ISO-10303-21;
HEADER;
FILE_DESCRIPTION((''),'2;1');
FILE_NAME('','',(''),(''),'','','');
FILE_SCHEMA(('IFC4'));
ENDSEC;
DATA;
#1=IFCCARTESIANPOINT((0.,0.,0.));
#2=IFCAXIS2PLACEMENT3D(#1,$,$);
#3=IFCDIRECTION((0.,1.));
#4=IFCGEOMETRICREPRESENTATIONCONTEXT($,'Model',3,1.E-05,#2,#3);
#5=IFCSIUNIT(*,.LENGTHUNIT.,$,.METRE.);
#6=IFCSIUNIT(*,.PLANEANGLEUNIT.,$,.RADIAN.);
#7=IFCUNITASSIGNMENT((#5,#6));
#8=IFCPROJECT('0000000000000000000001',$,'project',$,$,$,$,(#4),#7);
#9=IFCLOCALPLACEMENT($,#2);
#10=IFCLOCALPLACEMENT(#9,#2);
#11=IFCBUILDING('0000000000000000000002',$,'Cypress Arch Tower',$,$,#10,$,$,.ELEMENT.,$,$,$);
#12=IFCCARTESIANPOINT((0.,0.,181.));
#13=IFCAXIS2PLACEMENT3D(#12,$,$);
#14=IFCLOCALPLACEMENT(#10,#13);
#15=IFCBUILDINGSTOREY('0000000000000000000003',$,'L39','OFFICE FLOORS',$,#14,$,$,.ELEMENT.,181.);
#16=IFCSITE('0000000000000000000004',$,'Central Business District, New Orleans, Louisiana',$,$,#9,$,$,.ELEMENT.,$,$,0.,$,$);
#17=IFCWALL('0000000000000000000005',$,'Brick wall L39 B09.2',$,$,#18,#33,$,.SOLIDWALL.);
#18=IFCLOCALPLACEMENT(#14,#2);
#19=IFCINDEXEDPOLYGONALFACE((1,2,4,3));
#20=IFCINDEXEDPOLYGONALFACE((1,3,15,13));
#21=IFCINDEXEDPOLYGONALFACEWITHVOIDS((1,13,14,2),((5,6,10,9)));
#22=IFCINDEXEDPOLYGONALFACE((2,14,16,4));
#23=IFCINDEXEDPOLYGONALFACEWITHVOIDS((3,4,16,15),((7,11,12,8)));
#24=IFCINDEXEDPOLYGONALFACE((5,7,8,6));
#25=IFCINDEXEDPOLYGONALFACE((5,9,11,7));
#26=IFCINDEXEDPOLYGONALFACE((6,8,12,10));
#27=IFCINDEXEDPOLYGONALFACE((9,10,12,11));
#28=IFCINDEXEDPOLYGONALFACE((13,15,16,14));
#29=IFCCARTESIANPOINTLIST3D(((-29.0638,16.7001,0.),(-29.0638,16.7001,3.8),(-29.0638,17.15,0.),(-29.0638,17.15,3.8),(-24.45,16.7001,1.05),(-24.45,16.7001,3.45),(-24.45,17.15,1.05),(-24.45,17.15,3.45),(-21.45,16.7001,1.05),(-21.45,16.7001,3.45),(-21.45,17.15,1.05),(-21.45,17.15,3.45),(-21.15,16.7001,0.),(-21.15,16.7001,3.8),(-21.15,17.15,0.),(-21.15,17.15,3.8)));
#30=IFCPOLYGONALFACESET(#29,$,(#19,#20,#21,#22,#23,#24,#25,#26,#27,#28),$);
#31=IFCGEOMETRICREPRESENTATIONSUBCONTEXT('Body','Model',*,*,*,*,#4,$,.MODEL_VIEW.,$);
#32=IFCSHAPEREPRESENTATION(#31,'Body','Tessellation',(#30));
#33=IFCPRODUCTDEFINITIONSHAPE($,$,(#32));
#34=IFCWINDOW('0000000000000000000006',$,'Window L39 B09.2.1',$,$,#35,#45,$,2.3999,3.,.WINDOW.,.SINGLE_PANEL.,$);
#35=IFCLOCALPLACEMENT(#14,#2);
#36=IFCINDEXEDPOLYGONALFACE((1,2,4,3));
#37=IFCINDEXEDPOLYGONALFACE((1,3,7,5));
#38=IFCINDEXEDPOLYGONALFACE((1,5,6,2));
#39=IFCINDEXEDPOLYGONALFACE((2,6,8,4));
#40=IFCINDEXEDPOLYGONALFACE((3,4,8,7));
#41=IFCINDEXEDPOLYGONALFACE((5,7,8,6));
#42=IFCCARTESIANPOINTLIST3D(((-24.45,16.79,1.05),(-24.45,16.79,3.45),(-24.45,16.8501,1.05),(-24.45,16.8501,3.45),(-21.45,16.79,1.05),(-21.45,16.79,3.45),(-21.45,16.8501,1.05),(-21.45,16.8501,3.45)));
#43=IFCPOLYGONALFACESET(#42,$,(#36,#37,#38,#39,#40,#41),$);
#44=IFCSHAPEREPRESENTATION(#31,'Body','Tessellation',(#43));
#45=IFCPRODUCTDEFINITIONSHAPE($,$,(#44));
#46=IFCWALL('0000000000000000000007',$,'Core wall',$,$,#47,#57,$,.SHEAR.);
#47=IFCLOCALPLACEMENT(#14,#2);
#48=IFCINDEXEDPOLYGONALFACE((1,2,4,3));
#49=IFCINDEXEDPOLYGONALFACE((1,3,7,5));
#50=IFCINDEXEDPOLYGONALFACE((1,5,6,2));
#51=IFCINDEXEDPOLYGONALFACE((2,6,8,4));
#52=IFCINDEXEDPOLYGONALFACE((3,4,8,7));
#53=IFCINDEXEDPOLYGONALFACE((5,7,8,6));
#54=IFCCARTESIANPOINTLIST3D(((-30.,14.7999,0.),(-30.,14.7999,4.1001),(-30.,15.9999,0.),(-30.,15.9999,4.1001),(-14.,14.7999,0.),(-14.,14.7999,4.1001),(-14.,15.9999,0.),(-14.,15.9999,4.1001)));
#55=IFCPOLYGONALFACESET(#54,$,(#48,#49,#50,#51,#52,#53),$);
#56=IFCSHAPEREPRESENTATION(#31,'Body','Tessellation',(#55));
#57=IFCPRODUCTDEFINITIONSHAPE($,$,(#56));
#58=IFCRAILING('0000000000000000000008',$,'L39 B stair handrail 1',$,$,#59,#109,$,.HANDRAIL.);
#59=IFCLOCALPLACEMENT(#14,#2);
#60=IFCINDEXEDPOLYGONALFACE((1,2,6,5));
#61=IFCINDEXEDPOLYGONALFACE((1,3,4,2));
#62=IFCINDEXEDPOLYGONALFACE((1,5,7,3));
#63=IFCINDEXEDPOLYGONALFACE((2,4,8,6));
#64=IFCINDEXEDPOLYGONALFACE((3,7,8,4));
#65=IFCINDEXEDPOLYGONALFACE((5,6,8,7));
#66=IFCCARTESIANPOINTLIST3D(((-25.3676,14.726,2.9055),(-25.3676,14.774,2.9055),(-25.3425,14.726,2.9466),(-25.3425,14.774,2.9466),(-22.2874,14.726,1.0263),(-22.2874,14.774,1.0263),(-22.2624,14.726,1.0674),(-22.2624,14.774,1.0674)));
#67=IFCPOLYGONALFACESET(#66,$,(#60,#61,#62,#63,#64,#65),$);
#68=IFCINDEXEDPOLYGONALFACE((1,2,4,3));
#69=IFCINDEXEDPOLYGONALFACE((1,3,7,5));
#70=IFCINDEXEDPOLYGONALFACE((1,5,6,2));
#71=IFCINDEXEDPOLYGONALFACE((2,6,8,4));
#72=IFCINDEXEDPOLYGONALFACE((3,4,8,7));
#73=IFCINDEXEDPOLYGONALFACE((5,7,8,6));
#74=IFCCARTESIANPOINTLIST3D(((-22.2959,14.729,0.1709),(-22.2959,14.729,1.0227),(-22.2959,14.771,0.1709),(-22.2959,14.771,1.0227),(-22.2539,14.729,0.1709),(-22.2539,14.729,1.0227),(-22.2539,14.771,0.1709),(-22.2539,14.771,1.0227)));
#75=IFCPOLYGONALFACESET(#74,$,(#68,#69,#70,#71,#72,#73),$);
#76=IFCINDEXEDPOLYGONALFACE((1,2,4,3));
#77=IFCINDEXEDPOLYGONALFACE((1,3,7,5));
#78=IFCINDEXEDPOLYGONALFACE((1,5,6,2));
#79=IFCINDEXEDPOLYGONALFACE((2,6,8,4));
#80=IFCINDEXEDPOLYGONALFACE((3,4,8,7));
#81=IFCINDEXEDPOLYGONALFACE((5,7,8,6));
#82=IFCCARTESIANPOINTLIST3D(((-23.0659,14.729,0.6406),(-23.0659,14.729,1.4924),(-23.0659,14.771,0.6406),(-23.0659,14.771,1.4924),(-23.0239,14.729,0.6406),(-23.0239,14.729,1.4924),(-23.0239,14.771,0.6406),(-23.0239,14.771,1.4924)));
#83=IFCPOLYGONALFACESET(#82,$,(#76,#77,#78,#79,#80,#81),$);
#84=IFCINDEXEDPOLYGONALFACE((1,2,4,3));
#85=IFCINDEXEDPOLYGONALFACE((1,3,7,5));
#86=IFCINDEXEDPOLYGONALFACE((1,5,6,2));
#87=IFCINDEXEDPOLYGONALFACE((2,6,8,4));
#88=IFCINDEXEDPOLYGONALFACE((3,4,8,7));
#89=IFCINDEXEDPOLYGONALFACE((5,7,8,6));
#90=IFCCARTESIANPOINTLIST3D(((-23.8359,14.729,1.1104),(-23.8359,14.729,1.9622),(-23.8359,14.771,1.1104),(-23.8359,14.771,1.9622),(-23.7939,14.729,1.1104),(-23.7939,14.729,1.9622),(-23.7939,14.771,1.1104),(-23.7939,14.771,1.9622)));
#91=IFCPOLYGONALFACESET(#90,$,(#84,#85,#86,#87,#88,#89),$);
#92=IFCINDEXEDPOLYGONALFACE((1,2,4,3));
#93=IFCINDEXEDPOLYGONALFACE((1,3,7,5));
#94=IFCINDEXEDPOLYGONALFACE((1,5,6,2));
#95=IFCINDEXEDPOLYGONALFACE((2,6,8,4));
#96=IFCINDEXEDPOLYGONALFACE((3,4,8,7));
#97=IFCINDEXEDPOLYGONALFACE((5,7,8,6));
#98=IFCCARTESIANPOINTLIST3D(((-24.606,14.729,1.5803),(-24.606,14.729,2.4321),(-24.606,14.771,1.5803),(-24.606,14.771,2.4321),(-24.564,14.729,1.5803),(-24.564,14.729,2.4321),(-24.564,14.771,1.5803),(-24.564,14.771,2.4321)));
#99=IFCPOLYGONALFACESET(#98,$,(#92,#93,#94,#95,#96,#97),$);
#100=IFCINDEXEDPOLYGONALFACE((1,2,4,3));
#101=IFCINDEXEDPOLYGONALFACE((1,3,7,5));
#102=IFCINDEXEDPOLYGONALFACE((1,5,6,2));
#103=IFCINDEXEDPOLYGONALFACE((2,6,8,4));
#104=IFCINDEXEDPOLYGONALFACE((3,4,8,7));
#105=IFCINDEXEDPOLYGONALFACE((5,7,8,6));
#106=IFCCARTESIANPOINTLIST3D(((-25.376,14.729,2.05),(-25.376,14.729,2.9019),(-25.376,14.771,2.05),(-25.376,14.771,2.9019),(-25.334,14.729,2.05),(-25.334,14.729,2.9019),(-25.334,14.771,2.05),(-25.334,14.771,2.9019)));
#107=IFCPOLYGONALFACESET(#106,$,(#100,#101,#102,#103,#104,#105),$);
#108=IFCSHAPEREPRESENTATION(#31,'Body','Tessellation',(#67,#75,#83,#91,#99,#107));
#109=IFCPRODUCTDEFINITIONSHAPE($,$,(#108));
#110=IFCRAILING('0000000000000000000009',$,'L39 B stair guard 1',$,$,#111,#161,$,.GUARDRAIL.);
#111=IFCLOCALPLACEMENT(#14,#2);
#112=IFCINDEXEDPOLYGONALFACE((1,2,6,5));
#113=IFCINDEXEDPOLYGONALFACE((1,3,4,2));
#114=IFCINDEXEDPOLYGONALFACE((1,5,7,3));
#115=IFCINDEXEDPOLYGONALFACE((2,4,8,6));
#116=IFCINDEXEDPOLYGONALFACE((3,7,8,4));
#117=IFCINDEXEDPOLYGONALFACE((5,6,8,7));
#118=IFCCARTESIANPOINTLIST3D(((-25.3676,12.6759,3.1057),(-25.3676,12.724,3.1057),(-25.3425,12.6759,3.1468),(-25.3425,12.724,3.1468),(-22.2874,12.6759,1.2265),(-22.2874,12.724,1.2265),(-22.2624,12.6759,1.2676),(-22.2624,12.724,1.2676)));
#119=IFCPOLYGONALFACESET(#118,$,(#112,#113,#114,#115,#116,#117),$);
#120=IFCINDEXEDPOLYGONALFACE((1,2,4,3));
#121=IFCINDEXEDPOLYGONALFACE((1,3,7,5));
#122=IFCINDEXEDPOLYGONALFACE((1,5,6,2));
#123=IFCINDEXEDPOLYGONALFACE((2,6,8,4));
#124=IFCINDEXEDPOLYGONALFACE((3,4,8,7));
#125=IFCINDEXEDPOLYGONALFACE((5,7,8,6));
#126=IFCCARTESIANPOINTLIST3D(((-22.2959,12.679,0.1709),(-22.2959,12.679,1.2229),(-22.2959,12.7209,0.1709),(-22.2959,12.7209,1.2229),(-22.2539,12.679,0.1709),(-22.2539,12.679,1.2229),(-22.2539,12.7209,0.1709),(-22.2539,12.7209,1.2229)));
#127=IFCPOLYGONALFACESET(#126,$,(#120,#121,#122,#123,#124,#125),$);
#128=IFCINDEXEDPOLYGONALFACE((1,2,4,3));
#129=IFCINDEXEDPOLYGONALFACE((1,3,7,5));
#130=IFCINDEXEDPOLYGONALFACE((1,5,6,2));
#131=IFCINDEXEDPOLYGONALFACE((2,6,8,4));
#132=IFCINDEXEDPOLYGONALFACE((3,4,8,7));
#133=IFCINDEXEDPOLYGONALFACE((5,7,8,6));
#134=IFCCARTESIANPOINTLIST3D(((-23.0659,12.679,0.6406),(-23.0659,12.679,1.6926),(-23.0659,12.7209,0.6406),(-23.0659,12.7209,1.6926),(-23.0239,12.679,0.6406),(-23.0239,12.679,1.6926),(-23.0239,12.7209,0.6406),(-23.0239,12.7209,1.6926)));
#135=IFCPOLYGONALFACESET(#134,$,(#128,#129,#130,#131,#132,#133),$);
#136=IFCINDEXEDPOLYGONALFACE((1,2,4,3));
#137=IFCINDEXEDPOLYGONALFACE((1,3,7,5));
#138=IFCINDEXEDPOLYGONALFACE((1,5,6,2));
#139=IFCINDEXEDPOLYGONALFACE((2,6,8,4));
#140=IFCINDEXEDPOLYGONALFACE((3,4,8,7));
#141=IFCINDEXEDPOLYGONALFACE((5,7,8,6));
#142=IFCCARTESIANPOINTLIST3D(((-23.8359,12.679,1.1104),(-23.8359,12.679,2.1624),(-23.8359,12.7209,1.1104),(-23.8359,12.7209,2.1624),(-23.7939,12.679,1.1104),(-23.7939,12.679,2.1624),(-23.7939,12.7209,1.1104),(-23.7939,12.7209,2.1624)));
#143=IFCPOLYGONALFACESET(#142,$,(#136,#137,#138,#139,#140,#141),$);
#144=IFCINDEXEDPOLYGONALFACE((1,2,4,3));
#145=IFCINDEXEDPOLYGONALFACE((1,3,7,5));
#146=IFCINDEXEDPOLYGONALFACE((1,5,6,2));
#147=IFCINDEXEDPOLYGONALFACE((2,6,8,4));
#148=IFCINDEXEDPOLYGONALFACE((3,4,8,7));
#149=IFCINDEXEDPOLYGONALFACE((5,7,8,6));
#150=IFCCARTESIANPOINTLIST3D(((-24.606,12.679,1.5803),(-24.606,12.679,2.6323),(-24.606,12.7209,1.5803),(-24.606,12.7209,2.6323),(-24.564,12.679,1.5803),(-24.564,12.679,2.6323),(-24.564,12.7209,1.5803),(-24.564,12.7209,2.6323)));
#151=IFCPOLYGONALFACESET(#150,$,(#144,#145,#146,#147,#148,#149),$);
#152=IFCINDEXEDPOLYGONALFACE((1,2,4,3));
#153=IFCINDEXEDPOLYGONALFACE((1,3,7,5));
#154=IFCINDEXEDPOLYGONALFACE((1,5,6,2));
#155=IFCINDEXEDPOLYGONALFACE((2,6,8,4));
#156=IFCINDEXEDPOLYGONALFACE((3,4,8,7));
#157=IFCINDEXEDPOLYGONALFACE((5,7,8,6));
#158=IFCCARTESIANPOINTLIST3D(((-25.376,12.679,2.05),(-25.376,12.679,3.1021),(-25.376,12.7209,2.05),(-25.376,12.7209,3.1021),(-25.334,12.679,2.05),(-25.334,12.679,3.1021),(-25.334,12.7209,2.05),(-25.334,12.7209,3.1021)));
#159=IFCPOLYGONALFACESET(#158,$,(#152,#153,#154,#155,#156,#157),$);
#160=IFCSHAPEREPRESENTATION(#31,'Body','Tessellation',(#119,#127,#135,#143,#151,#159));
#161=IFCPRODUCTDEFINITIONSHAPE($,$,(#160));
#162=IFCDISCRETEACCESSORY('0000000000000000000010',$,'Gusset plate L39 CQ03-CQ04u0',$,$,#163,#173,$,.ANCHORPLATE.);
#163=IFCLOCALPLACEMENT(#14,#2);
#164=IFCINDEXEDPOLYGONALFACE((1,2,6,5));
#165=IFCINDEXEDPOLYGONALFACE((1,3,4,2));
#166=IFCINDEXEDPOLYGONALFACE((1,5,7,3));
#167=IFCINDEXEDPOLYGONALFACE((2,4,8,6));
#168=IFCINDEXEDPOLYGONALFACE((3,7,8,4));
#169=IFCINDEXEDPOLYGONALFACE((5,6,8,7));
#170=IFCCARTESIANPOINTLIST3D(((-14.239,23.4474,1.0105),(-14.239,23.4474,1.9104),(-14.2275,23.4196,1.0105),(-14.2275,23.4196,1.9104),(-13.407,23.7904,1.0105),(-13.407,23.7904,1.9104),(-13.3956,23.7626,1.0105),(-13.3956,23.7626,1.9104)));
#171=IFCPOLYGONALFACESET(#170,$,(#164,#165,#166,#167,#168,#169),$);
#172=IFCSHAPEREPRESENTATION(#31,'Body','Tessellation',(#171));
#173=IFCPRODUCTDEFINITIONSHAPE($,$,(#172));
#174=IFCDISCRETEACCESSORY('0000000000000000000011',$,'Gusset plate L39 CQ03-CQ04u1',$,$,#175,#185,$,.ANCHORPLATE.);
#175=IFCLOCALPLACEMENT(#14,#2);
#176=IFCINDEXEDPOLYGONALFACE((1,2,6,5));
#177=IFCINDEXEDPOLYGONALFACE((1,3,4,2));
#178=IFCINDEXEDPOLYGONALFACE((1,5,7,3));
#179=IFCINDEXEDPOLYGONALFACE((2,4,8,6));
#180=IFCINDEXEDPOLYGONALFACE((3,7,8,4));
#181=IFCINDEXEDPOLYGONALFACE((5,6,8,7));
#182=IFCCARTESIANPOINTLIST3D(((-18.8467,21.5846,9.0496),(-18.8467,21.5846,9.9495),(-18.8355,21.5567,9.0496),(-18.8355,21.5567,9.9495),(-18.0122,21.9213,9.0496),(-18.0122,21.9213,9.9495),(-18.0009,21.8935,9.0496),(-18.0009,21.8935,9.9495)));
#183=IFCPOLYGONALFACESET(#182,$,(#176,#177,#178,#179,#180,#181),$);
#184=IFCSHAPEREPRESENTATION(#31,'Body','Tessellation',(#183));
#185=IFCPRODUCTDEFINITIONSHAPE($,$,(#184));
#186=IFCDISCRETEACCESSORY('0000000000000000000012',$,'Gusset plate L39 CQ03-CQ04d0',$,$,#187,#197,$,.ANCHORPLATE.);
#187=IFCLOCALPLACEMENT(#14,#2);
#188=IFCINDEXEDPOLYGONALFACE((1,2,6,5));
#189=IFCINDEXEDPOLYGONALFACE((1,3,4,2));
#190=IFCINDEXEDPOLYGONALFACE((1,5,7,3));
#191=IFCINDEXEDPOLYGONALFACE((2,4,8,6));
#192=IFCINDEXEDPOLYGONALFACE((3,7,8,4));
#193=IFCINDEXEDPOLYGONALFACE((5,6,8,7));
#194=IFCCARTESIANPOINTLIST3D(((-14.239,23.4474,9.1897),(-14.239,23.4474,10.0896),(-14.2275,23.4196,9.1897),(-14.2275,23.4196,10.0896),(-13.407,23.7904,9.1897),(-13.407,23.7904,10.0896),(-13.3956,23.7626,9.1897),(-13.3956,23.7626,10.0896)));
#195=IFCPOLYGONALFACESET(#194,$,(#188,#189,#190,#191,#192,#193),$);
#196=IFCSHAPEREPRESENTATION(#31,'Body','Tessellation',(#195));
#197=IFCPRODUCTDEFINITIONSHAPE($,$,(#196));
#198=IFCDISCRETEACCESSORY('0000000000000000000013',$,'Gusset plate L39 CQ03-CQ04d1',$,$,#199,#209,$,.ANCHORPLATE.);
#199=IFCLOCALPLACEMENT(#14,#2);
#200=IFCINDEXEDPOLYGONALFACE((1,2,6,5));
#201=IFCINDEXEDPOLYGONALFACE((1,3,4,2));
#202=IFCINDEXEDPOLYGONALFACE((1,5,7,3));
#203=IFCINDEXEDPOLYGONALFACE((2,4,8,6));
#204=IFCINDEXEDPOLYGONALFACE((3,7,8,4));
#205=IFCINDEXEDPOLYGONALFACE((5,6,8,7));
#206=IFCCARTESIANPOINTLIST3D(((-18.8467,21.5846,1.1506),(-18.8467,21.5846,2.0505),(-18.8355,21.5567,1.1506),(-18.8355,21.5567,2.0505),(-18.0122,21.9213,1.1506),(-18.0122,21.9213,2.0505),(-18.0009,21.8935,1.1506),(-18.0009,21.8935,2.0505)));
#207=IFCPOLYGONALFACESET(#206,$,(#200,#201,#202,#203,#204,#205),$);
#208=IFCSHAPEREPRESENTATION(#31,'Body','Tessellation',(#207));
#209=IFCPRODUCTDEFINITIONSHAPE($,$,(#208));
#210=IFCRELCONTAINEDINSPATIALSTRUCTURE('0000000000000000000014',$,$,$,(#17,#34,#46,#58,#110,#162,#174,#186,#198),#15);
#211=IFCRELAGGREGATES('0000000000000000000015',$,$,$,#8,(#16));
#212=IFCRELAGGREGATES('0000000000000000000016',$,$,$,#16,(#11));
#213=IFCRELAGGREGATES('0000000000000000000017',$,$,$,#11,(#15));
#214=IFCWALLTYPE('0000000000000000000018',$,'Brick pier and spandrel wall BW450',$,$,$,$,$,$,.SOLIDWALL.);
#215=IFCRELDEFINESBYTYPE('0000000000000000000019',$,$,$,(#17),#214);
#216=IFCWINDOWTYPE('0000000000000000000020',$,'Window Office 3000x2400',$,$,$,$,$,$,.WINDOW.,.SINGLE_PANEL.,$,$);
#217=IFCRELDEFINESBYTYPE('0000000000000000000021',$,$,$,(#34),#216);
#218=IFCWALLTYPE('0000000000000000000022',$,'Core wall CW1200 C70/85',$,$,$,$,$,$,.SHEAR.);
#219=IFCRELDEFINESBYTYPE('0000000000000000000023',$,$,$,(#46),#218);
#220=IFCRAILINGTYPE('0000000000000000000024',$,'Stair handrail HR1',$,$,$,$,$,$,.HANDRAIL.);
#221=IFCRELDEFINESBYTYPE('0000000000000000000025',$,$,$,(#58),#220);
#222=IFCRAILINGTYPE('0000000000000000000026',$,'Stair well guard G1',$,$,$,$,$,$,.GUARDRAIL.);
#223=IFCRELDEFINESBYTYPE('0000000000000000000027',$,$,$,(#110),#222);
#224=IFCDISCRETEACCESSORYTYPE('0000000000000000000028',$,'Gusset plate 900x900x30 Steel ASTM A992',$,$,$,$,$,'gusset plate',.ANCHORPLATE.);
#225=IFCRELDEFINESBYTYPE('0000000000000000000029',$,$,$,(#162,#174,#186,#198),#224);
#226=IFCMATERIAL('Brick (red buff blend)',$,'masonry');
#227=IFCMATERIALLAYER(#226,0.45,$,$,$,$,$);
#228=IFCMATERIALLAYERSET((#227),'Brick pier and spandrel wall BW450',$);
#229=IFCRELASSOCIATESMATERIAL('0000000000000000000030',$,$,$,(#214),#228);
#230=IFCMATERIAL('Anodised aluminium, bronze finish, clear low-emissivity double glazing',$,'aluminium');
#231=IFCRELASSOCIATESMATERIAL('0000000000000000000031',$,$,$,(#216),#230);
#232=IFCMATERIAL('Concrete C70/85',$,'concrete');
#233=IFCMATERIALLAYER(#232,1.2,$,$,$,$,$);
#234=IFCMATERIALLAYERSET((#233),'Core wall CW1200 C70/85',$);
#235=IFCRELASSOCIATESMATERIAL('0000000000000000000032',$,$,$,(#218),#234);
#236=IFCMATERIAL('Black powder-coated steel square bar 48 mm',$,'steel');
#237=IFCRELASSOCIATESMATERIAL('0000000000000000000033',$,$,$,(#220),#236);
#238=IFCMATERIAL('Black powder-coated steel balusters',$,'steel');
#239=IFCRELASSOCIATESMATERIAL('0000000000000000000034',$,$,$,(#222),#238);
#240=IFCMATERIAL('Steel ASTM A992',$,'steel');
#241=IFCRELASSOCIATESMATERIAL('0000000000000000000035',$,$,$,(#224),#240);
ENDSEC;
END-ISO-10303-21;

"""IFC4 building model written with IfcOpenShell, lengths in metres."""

from ifc_helpers import new_model, si_unit, direction, frame, frame_2d, origin, origin_2d, place, context, subcontext, project, spatial, rectangle, extrude, material, layer, layer_set, material_profile, profile_set, type_object, element, fill, save


model = new_model("IFC4")

# Units and contexts
model_context = context("Model", 3, precision=1e-05, world=origin(), true_north=direction((0.0, 1.0)))
body_context = subcontext(model_context, "Body", "Model", "MODEL_VIEW")
ifc_project = project(units=[si_unit("LENGTHUNIT", "METRE"), si_unit("PLANEANGLEUNIT", "RADIAN")], contexts=[model_context])

# Site, building, storey
site_placement = place(None, origin())
site = spatial("IfcSite", under=ifc_project, at=site_placement, Name="Central Business District, New Orleans, Louisiana", CompositionType="ELEMENT", RefElevation=0.0)
building_placement = place(site_placement, origin())
building = spatial("IfcBuilding", under=site, at=building_placement, Name="Cypress Arch Tower", CompositionType="ELEMENT")
storey_placement = place(building_placement, frame((0.0, 0.0, 181.0)))
storey = spatial("IfcBuildingStorey", under=building, at=storey_placement, Name="L39", Description="OFFICE FLOORS", CompositionType="ELEMENT", Elevation=181.0)

# Wall, opening, window
ifc_material_1 = material(Name="Brick (red buff blend)", Category="masonry")
ifc_layer_1 = layer(ifc_material_1, 0.45)
ifc_layer_set_1 = layer_set([ifc_layer_1], Name="Brick pier and spandrel wall BW450")
wall_type_1 = type_object("IfcWallType", Name="Brick pier and spandrel wall BW450", PredefinedType="SOLIDWALL", material=ifc_layer_set_1)
wall_1_placement = place(storey_placement, frame((-21.1499, 16.925, 0.0), z_axis=(0.0, 0.0, 1.0), x_axis=(-1.0, 0.0, 0.0)))
wall_1 = element("IfcWall", 1, at=wall_1_placement, inside=storey, type_object=wall_type_1, Name="Brick wall L39 B09.2", PredefinedType="SOLIDWALL", context=body_context, shape_type="SweptSolid", body=[
    extrude(rectangle(XDim=7.9138, YDim=0.45, at=frame_2d((3.957, 0.0))), origin(), (0.0, 0.0, 1.0), 3.8),
])
opening_placement = place(wall_1_placement, frame((0.3, 0.0, 1.05)))
opening = element("IfcOpeningElement", 2, at=opening_placement, cuts=wall_1, PredefinedType="OPENING", context=body_context, shape_type="SweptSolid", body=[
    extrude(rectangle(XDim=3.0, YDim=2.3999, at=frame_2d((1.5, 1.2))), frame((0.0, 0.2349, 0.0), z_axis=(0.0, -1.0, 0.0), x_axis=(1.0, 0.0, 0.0)), (0.0, 0.0, 1.0), 0.47),
])
ifc_material_2 = material(Name="Anodised aluminium, bronze finish, clear low-emissivity double glazing", Category="aluminium")
window_type = type_object("IfcWindowType", Name="Window Office 3000x2400", PartitioningType="SINGLE_PANEL", PredefinedType="WINDOW", material=ifc_material_2)
window_placement = place(opening_placement, origin())
window = element("IfcWindow", 3, at=window_placement, inside=storey, type_object=window_type, Name="Window L39 B09.2.1", OverallHeight=2.3999, OverallWidth=3.0, PartitioningType="SINGLE_PANEL", PredefinedType="WINDOW", context=body_context, shape_type="SweptSolid", body=[
    extrude(rectangle(XDim=3.0, YDim=2.3999, at=frame_2d((1.5, 1.2))), frame((0.0, 0.135, 0.0), z_axis=(0.0, -1.0, 0.0), x_axis=(1.0, 0.0, 0.0)), (0.0, 0.0, 1.0), 0.0601),
])
fill(opening, window)

# Wall
ifc_material_3 = material(Name="Concrete C70/85", Category="concrete")
ifc_layer_2 = layer(ifc_material_3, 1.2)
ifc_layer_set_2 = layer_set([ifc_layer_2], Name="Core wall CW1200 C70/85")
wall_type_2 = type_object("IfcWallType", Name="Core wall CW1200 C70/85", PredefinedType="SHEAR", material=ifc_layer_set_2)
wall_2_placement = place(storey_placement, frame((-30.0, 15.3999, 0.0), z_axis=(0.0, 0.0, 1.0), x_axis=(1.0, 0.0, 0.0)))
element("IfcWall", 4, at=wall_2_placement, inside=storey, type_object=wall_type_2, Name="Core wall", PredefinedType="SHEAR", context=body_context, shape_type="SweptSolid", body=[
    extrude(rectangle(XDim=16.0, YDim=1.2, at=frame_2d((8.0, 0.0))), origin(), (0.0, 0.0, 1.0), 4.1001),
])

# Railings
ifc_material_4 = material(Name="Black powder-coated steel square bar 48 mm", Category="steel")
railing_type_1 = type_object("IfcRailingType", Name="Stair handrail HR1", PredefinedType="HANDRAIL", material=ifc_material_4)
railing_1_placement = place(storey_placement, frame((-22.2749, 14.75, 0.1709)))
element("IfcRailing", 5, at=railing_1_placement, inside=storey, type_object=railing_type_1, Name="L39 B stair handrail 1", PredefinedType="HANDRAIL", context=body_context, shape_type="SweptSolid", body=[
    extrude(rectangle(XDim=0.0481, YDim=0.0481, at=origin_2d()), frame((0.0, 0.0, 0.876), z_axis=(-0.853666, 0.0, 0.52082), x_axis=(0.0, -1.0, 0.0)), (0.0, 0.0, 1.0), 3.6082),
    extrude(rectangle(XDim=0.042, YDim=0.042, at=origin_2d()), origin(), (0.0, 0.0, 1.0), 0.8518),
    extrude(rectangle(XDim=0.042, YDim=0.042, at=origin_2d()), frame((-0.77, 0.0, 0.4697)), (0.0, 0.0, 1.0), 0.8518),
    extrude(rectangle(XDim=0.042, YDim=0.042, at=origin_2d()), frame((-1.54, 0.0, 0.9395)), (0.0, 0.0, 1.0), 0.8518),
    extrude(rectangle(XDim=0.042, YDim=0.042, at=origin_2d()), frame((-2.3101, 0.0, 1.4094)), (0.0, 0.0, 1.0), 0.8518),
    extrude(rectangle(XDim=0.042, YDim=0.042, at=origin_2d()), frame((-3.0801, 0.0, 1.8792)), (0.0, 0.0, 1.0), 0.8518),
])
ifc_material_5 = material(Name="Black powder-coated steel balusters", Category="steel")
railing_type_2 = type_object("IfcRailingType", Name="Stair well guard G1", PredefinedType="GUARDRAIL", material=ifc_material_5)
railing_2_placement = place(storey_placement, frame((-22.2749, 12.7, 0.1709)))
element("IfcRailing", 6, at=railing_2_placement, inside=storey, type_object=railing_type_2, Name="L39 B stair guard 1", PredefinedType="GUARDRAIL", context=body_context, shape_type="SweptSolid", body=[
    extrude(rectangle(XDim=0.0481, YDim=0.0481, at=origin_2d()), frame((0.0, 0.0, 1.0762), z_axis=(-0.853666, 0.0, 0.52082), x_axis=(0.0, -1.0, 0.0)), (0.0, 0.0, 1.0), 3.6082),
    extrude(rectangle(XDim=0.042, YDim=0.042, at=origin_2d()), origin(), (0.0, 0.0, 1.0), 1.052),
    extrude(rectangle(XDim=0.042, YDim=0.042, at=origin_2d()), frame((-0.77, 0.0, 0.4697)), (0.0, 0.0, 1.0), 1.052),
    extrude(rectangle(XDim=0.042, YDim=0.042, at=origin_2d()), frame((-1.54, 0.0, 0.9395)), (0.0, 0.0, 1.0), 1.052),
    extrude(rectangle(XDim=0.042, YDim=0.042, at=origin_2d()), frame((-2.3101, 0.0, 1.4094)), (0.0, 0.0, 1.0), 1.052),
    extrude(rectangle(XDim=0.042, YDim=0.042, at=origin_2d()), frame((-3.0801, 0.0, 1.8792)), (0.0, 0.0, 1.0), 1.052),
])

# Discrete accessories
ifc_material_6 = material(Name="Steel ASTM A992", Category="steel")
ifc_material_profile_1 = material_profile(ifc_material_6, rectangle(XDim=0.8999, YDim=0.8999, at=origin_2d()), Name="PL 30 900x900")
ifc_profile_set_1 = profile_set([ifc_material_profile_1], Name="Steel ASTM A992")
discrete_accessory_type_1 = type_object("IfcDiscreteAccessoryType", Name="Gusset plate 900x900x30 Steel ASTM A992", ElementType="gusset plate", PredefinedType="ANCHORPLATE", material=ifc_profile_set_1)
for number, where, z_axis, x_axis, name in (
    (7, (-13.823, 23.6189, 1.4604), (0.381158, -0.92451, 0.0), (0.92451, 0.381158, 0.0), "Gusset plate L39 CQ03-CQ04u0"),
    (8, (-18.4294, 21.7529, 9.4995), (0.374194, -0.92735, 0.0), (0.92735, 0.374194, 0.0), "Gusset plate L39 CQ03-CQ04u1"),
    (9, (-13.823, 23.6189, 9.6396), (0.381158, -0.92451, 0.0), (0.92451, 0.381158, 0.0), "Gusset plate L39 CQ03-CQ04d0"),
    (10, (-18.4294, 21.7529, 1.6006), (0.374194, -0.92735, 0.0), (0.92735, 0.374194, 0.0), "Gusset plate L39 CQ03-CQ04d1"),
):
    element("IfcDiscreteAccessory", number, at=place(storey_placement, frame(where, z_axis=z_axis, x_axis=x_axis)), inside=storey, type_object=discrete_accessory_type_1, Name=name, PredefinedType="ANCHORPLATE", context=body_context, shape_type="SweptSolid", body=[
        extrude(rectangle(XDim=0.8999, YDim=0.8999, at=origin_2d()), origin(), (0.0, 0.0, 1.0), 0.03),
    ])

save(model, "model.ifc")
